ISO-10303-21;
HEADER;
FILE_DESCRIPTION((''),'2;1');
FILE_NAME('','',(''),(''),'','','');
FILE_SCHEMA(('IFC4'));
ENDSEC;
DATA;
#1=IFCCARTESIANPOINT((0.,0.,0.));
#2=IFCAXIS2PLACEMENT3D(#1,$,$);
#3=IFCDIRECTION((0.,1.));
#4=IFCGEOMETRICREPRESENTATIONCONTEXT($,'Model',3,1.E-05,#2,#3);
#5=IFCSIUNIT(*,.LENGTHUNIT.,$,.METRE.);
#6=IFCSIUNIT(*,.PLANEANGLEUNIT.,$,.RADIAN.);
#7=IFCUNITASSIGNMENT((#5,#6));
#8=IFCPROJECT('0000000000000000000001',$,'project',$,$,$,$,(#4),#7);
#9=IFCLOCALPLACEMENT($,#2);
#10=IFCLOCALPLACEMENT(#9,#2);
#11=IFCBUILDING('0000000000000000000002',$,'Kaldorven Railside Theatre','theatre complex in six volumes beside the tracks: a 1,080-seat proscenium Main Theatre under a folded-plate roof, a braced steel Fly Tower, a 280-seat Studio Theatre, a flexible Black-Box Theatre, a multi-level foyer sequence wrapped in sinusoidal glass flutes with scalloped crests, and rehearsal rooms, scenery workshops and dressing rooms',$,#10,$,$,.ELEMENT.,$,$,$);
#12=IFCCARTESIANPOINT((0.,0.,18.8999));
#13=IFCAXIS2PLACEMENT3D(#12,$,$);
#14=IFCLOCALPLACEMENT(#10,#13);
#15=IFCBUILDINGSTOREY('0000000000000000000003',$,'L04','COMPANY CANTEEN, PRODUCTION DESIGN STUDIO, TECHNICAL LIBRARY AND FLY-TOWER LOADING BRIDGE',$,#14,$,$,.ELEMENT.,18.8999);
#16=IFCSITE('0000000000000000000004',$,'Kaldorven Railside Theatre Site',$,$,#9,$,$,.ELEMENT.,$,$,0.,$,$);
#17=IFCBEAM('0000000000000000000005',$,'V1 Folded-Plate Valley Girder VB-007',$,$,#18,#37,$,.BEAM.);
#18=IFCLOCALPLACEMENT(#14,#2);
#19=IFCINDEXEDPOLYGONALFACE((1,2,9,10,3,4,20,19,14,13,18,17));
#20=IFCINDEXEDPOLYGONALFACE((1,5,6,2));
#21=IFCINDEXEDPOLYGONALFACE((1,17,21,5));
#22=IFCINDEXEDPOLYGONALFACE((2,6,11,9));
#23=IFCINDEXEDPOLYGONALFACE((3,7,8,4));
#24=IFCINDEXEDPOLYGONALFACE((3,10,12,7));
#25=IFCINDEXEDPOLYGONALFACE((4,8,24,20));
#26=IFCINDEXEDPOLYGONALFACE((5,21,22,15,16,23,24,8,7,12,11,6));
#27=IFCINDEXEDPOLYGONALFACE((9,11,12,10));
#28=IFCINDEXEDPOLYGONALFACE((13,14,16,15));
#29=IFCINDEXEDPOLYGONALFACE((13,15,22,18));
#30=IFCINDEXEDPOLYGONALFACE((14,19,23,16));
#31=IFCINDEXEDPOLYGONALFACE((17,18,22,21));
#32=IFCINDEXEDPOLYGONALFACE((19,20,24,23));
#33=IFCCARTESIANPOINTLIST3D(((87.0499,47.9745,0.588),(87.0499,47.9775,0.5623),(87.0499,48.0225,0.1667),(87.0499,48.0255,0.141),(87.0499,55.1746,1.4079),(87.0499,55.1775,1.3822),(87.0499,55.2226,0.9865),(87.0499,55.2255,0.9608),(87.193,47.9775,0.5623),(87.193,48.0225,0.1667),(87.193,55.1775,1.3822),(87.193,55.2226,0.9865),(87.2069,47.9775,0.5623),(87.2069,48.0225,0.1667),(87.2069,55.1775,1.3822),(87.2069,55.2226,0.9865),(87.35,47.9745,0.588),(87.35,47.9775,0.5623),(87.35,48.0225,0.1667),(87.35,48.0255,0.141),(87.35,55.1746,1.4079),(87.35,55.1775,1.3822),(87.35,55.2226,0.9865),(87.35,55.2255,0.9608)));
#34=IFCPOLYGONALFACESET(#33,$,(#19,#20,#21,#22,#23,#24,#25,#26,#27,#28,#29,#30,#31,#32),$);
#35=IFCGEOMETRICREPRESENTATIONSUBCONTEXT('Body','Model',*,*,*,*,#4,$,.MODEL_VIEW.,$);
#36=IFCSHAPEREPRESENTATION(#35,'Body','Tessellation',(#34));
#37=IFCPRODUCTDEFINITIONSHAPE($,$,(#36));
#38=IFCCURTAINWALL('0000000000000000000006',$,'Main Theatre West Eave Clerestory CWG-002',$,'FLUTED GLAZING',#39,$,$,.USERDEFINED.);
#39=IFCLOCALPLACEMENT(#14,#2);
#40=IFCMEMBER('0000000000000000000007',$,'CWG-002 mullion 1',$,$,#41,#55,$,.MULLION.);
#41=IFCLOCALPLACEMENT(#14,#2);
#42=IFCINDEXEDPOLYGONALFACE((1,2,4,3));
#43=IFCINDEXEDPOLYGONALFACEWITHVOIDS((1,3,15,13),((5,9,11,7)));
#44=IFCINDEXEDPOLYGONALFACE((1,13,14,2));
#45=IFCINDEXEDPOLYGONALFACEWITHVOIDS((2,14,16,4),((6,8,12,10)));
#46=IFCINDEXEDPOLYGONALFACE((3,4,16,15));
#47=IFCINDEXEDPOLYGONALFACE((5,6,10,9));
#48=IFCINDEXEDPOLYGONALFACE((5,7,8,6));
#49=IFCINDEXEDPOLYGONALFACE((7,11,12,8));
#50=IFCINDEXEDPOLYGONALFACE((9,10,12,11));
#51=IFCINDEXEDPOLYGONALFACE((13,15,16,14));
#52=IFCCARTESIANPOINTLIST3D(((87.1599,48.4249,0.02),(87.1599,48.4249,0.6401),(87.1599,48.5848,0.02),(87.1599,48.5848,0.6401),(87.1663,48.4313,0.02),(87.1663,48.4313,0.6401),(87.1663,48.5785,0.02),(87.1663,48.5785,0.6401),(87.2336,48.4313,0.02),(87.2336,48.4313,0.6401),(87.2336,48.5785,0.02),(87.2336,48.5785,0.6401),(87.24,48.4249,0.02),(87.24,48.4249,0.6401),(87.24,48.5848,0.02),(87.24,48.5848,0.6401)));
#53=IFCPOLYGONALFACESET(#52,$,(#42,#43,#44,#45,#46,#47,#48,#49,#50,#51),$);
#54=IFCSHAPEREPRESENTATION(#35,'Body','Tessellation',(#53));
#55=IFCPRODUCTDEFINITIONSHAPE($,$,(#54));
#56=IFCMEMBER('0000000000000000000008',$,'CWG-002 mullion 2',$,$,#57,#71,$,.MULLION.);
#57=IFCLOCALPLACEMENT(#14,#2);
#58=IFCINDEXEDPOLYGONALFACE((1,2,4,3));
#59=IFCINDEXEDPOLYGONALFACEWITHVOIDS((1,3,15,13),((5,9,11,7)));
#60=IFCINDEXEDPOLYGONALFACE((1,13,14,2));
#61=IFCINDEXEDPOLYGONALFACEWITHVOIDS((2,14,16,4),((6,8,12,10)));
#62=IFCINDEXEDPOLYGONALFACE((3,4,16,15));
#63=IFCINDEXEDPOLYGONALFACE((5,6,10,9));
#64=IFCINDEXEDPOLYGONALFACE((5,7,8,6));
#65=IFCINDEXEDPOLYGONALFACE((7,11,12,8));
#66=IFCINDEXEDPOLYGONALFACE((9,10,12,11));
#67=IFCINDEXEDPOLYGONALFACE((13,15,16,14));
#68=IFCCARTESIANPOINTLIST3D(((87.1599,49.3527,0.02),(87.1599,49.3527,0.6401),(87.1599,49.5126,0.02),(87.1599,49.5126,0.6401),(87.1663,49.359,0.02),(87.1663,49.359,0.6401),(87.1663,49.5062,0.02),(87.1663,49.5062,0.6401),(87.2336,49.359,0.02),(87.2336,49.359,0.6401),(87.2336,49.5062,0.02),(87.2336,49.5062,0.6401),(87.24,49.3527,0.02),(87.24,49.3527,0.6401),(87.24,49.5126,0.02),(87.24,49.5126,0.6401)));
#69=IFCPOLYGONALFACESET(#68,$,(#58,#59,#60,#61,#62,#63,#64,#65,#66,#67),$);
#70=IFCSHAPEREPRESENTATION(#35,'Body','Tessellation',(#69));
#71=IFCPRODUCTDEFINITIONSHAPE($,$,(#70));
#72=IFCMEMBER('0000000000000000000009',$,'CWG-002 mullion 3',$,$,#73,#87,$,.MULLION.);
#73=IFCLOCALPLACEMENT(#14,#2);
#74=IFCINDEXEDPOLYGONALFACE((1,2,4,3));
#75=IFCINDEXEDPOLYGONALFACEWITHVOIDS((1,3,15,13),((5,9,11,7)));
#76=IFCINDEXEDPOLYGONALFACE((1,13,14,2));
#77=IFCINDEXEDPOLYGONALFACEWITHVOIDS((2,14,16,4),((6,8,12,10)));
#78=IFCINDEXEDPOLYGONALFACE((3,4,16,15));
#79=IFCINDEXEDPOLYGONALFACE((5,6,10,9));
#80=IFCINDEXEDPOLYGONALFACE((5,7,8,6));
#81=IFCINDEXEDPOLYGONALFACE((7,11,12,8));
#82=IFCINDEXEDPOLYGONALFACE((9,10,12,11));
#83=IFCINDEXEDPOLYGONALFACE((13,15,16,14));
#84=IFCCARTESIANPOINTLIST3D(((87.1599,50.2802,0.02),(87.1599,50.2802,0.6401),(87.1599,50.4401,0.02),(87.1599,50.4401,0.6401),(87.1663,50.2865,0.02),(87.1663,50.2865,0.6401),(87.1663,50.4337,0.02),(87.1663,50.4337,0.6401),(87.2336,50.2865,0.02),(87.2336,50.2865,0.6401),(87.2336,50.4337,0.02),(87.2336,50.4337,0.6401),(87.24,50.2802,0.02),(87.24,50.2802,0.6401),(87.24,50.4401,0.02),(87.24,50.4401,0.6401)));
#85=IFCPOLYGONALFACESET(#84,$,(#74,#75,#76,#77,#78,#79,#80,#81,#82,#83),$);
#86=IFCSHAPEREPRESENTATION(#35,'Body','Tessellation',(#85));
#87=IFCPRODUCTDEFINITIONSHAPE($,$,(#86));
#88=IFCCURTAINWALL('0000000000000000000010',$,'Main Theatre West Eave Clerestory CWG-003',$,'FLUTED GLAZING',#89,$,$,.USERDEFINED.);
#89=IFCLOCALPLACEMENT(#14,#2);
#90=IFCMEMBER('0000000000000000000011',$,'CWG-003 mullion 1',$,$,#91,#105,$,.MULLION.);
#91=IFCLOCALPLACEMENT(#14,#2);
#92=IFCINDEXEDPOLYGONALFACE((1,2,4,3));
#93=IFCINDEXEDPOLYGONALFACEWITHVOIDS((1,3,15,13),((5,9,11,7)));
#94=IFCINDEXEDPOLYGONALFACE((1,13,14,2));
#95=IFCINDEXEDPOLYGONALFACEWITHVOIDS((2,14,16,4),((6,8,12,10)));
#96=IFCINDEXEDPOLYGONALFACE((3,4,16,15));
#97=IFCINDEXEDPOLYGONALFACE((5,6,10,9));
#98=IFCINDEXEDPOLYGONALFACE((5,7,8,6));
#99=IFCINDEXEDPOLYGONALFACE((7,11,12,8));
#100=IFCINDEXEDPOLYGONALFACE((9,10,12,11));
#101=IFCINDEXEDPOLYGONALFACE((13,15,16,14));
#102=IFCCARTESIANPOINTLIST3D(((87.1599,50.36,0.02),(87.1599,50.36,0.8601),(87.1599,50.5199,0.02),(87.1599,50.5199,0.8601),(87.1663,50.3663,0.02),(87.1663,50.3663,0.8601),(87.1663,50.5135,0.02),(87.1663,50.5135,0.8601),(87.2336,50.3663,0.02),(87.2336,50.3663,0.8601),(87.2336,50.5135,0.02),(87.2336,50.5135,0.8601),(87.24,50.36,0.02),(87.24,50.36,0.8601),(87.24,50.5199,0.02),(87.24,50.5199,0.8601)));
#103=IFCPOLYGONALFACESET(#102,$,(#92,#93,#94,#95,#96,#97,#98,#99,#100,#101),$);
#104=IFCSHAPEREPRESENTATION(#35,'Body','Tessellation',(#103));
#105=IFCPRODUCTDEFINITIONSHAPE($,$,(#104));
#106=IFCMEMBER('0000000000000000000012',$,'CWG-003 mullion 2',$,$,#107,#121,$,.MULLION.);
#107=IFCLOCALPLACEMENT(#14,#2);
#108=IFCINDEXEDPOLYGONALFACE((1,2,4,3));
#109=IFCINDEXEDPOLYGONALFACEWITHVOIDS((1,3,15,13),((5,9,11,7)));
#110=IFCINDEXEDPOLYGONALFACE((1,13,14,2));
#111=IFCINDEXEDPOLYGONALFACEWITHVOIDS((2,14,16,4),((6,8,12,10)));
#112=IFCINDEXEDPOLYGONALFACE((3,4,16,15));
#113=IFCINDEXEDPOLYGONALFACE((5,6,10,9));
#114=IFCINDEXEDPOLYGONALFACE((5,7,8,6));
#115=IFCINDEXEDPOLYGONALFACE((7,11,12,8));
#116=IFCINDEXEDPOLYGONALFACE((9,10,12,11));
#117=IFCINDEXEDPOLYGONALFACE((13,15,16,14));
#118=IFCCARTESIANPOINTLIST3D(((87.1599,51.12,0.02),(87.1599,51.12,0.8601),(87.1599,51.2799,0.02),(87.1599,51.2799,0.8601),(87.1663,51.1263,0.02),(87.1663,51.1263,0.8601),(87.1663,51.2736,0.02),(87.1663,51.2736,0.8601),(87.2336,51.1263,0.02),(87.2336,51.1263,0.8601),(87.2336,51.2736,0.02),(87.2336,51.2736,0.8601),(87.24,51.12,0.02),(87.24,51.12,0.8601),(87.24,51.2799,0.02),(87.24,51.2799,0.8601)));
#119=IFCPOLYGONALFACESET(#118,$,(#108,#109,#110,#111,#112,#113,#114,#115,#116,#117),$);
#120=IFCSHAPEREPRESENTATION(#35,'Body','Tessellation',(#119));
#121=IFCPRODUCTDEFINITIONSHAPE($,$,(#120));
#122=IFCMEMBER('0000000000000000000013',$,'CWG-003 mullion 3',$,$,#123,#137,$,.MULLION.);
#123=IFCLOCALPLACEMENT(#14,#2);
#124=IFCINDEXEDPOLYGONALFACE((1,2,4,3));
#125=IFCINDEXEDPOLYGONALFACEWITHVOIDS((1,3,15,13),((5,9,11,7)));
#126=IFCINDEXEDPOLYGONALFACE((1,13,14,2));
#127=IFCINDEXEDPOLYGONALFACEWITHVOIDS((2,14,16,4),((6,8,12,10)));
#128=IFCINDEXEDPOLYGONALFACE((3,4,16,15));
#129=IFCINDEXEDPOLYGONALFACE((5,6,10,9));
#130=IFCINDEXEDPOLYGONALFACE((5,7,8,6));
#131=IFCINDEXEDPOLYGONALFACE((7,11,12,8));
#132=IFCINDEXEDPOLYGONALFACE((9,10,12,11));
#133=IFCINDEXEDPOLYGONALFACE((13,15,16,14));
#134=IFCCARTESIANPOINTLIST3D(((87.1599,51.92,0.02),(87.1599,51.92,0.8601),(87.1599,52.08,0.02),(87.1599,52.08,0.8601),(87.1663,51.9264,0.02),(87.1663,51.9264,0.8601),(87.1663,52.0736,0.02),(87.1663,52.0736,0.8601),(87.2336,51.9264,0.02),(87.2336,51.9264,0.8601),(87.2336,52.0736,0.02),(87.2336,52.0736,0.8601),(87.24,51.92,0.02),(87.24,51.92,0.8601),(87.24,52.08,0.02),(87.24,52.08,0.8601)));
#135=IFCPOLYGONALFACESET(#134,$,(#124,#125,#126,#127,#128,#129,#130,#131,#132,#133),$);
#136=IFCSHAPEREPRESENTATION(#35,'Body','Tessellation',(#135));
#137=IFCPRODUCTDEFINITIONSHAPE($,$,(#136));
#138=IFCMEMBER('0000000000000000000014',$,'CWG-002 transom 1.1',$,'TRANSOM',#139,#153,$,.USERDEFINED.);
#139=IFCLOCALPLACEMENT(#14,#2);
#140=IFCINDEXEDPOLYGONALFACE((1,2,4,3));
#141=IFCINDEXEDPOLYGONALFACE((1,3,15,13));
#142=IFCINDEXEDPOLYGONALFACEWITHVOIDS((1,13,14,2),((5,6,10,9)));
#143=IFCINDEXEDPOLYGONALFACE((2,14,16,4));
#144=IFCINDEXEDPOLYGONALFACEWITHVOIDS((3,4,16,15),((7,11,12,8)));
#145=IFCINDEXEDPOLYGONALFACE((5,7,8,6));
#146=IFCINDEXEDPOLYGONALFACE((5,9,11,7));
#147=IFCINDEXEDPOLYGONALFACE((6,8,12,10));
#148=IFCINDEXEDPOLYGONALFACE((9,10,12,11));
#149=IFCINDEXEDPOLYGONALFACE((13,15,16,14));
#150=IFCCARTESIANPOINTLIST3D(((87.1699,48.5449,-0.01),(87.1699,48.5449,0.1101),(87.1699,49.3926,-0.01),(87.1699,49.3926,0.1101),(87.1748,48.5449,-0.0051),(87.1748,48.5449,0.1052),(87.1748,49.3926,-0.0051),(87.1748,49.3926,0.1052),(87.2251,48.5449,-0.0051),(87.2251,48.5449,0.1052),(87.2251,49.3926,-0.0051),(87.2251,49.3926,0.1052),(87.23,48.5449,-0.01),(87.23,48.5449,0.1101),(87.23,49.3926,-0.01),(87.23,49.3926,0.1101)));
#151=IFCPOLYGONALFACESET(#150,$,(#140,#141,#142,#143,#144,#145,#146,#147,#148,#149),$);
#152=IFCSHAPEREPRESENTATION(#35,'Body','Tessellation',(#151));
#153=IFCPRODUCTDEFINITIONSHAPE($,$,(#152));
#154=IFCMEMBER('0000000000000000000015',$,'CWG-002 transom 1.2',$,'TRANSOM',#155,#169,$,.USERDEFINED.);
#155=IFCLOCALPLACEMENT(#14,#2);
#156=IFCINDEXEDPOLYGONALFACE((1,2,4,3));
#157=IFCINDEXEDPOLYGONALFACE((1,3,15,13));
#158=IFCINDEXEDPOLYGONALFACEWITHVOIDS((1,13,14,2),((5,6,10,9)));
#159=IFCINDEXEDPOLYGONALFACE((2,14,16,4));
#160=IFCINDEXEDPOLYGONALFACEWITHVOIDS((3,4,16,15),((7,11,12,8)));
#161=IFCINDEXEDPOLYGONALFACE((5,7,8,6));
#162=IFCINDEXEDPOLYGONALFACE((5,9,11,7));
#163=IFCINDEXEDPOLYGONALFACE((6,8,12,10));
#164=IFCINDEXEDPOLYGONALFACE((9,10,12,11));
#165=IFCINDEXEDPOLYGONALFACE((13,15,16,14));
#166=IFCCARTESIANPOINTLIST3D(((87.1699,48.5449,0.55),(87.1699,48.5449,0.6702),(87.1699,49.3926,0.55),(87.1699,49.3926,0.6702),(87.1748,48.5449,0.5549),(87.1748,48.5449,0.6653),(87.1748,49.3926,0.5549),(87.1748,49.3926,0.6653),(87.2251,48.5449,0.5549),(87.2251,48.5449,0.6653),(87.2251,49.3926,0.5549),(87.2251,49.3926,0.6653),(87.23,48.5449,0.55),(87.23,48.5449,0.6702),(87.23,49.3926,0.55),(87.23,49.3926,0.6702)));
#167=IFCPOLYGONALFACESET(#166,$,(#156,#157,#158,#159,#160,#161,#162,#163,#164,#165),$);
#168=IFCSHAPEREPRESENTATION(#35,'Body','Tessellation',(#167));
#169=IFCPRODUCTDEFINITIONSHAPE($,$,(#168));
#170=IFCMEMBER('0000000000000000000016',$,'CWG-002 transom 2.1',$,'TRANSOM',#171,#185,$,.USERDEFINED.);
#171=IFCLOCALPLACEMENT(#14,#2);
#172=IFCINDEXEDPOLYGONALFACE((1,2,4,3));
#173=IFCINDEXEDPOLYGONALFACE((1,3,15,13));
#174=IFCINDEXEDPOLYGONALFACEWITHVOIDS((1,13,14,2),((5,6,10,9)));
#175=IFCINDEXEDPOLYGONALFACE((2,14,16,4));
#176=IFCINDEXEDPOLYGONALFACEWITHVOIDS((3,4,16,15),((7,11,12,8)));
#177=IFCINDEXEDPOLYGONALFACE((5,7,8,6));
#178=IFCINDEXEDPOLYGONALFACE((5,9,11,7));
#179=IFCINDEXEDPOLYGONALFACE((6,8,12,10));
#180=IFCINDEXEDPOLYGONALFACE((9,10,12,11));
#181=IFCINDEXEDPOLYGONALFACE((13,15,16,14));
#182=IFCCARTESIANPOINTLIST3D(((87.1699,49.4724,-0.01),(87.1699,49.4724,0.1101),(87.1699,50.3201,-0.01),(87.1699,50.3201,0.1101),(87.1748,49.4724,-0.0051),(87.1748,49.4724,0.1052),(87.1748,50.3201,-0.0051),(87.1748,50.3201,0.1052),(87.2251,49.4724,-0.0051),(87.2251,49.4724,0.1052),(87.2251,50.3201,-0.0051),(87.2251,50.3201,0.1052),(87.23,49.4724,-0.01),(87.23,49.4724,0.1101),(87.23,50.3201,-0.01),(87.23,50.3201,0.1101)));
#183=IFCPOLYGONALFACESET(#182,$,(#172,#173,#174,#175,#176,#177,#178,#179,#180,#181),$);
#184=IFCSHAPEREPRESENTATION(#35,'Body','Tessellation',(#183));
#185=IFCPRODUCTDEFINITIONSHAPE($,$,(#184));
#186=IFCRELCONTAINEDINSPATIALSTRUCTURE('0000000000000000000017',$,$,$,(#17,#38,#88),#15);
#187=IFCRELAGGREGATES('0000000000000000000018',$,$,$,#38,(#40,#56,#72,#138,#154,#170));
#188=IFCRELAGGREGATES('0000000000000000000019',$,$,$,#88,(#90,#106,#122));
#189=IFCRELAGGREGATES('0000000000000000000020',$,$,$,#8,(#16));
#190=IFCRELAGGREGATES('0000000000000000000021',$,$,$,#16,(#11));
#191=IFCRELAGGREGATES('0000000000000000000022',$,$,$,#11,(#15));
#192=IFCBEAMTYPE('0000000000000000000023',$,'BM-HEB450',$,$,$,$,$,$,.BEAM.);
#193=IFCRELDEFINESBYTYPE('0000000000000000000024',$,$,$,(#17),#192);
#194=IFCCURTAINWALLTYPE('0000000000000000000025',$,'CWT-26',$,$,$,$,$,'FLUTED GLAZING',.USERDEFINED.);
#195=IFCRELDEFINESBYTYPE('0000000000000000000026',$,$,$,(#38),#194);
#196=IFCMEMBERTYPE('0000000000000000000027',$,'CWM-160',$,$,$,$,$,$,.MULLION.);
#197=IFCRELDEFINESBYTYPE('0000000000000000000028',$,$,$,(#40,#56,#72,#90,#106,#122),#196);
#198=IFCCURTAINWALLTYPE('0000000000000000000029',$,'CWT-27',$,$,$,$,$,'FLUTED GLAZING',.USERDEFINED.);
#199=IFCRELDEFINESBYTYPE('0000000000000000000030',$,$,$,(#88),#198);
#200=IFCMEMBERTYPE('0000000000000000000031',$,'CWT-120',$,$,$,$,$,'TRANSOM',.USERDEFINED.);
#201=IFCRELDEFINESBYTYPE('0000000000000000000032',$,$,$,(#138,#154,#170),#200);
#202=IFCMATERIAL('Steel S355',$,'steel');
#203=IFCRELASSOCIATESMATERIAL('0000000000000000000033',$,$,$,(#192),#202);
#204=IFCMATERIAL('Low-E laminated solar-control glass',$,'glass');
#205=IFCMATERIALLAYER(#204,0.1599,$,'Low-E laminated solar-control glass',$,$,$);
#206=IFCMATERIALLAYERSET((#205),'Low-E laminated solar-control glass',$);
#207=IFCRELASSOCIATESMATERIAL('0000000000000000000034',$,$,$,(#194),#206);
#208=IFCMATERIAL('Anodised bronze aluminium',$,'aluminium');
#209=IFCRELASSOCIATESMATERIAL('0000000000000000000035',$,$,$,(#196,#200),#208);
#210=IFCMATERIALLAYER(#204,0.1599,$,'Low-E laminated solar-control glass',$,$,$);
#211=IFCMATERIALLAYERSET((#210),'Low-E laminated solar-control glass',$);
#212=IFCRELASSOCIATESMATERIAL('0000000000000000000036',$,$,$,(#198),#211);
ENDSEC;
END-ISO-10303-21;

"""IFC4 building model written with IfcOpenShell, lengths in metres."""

from ifc_helpers import new_model, si_unit, direction, frame, origin, origin_2d, place, context, subcontext, project, spatial, hollow_rectangle, i_section, extrude, material, layer, layer_set, material_profile, profile_set, type_object, element, aggregate, save


model = new_model("IFC4")

# Units and contexts
model_context = context("Model", 3, precision=1e-05, world=origin(), true_north=direction((0.0, 1.0)))
body_context = subcontext(model_context, "Body", "Model", "MODEL_VIEW")
ifc_project = project(units=[si_unit("LENGTHUNIT", "METRE"), si_unit("PLANEANGLEUNIT", "RADIAN")], contexts=[model_context])

# Site, building, storey
site_placement = place(None, origin())
site = spatial("IfcSite", under=ifc_project, at=site_placement, Name="Kaldorven Railside Theatre Site", CompositionType="ELEMENT", RefElevation=0.0)
building_placement = place(site_placement, origin())
building = spatial("IfcBuilding", under=site, at=building_placement, Name="Kaldorven Railside Theatre", Description="theatre complex in six volumes beside the tracks: a 1,080-seat proscenium Main Theatre under a folded-plate roof, a braced steel Fly Tower, a 280-seat Studio Theatre, a flexible Black-Box Theatre, a multi-level foyer sequence wrapped in sinusoidal glass flutes with scalloped crests, and rehearsal rooms, scenery workshops and dressing rooms", CompositionType="ELEMENT")
storey_placement = place(building_placement, frame((0.0, 0.0, 18.8999)))
storey = spatial("IfcBuildingStorey", under=building, at=storey_placement, Name="L04", Description="COMPANY CANTEEN, PRODUCTION DESIGN STUDIO, TECHNICAL LIBRARY AND FLY-TOWER LOADING BRIDGE", CompositionType="ELEMENT", Elevation=18.8999)

# Beam
ifc_material_1 = material(Name="Steel S355", Category="steel")
ifc_material_profile_1 = material_profile(ifc_material_1, i_section(OverallWidth=0.3, OverallDepth=0.45, WebThickness=0.0139, FlangeThickness=0.0259, at=origin_2d()), Name="HEB 450")
ifc_profile_set_1 = profile_set([ifc_material_profile_1], Name="Steel S355")
beam_type = type_object("IfcBeamType", Name="BM-HEB450", PredefinedType="BEAM", material=ifc_profile_set_1)
beam_placement = place(storey_placement, frame((87.2, 48.0, 0.3645), z_axis=(0.0, 0.99358, 0.113134), x_axis=(-1.0, 0.0, 0.0)))
element("IfcBeam", 1, at=beam_placement, inside=storey, type_object=beam_type, Name="V1 Folded-Plate Valley Girder VB-007", PredefinedType="BEAM", context=body_context, shape_type="SweptSolid", body=[
    extrude(i_section(OverallWidth=0.3, OverallDepth=0.45, WebThickness=0.0139, FlangeThickness=0.0259, at=origin_2d()), origin(), (0.0, 0.0, 1.0), 7.2466),
])

# Curtain walls, members
ifc_material_2 = material(Name="Low-E laminated solar-control glass", Category="glass")
ifc_layer_1 = layer(ifc_material_2, 0.1599, Name="Low-E laminated solar-control glass")
ifc_layer_set_1 = layer_set([ifc_layer_1], Name="Low-E laminated solar-control glass")
curtain_wall_type_1 = type_object("IfcCurtainWallType", Name="CWT-26", ElementType="FLUTED GLAZING", PredefinedType="USERDEFINED", material=ifc_layer_set_1)
curtain_wall_1_placement = place(storey_placement, origin())
curtain_wall_1 = element("IfcCurtainWall", 2, at=curtain_wall_1_placement, inside=storey, type_object=curtain_wall_type_1, Name="Main Theatre West Eave Clerestory CWG-002", ObjectType="FLUTED GLAZING", PredefinedType="USERDEFINED")
ifc_material_3 = material(Name="Anodised bronze aluminium", Category="aluminium")
ifc_material_profile_2 = material_profile(ifc_material_3, hollow_rectangle(XDim=0.0801, YDim=0.1599, WallThickness=0.0063, at=origin_2d()), Name="RHS 160x80x6.3")
ifc_profile_set_2 = profile_set([ifc_material_profile_2], Name="Anodised bronze aluminium")
member_type_1 = type_object("IfcMemberType", Name="CWM-160", PredefinedType="MULLION", material=ifc_profile_set_2)
member_1_placement = place(storey_placement, frame((87.2, 48.5049, 0.02), z_axis=(0.0, 0.0, 1.0), x_axis=(-1.0, 0.0, 0.0)))
member_1 = element("IfcMember", 3, at=member_1_placement, type_object=member_type_1, Name="CWG-002 mullion 1", PredefinedType="MULLION", context=body_context, shape_type="SweptSolid", body=[
    extrude(hollow_rectangle(XDim=0.0801, YDim=0.1599, WallThickness=0.0063, at=origin_2d()), origin(), (0.0, 0.0, 1.0), 0.6201),
])
member_2_placement = place(storey_placement, frame((87.2, 49.4326, 0.02), z_axis=(0.0, 0.0, 1.0), x_axis=(-1.0, 0.0, 0.0)))
member_2 = element("IfcMember", 4, at=member_2_placement, type_object=member_type_1, Name="CWG-002 mullion 2", PredefinedType="MULLION", context=body_context, shape_type="SweptSolid", body=[
    extrude(hollow_rectangle(XDim=0.0801, YDim=0.1599, WallThickness=0.0063, at=origin_2d()), origin(), (0.0, 0.0, 1.0), 0.6201),
])
member_3_placement = place(storey_placement, frame((87.2, 50.3601, 0.02), z_axis=(0.0, 0.0, 1.0), x_axis=(-1.0, 0.0, 0.0)))
member_3 = element("IfcMember", 5, at=member_3_placement, type_object=member_type_1, Name="CWG-002 mullion 3", PredefinedType="MULLION", context=body_context, shape_type="SweptSolid", body=[
    extrude(hollow_rectangle(XDim=0.0801, YDim=0.1599, WallThickness=0.0063, at=origin_2d()), origin(), (0.0, 0.0, 1.0), 0.6201),
])
ifc_layer_2 = layer(ifc_material_2, 0.1599, Name="Low-E laminated solar-control glass")
ifc_layer_set_2 = layer_set([ifc_layer_2], Name="Low-E laminated solar-control glass")
curtain_wall_type_2 = type_object("IfcCurtainWallType", Name="CWT-27", ElementType="FLUTED GLAZING", PredefinedType="USERDEFINED", material=ifc_layer_set_2)
curtain_wall_2_placement = place(storey_placement, origin())
curtain_wall_2 = element("IfcCurtainWall", 6, at=curtain_wall_2_placement, inside=storey, type_object=curtain_wall_type_2, Name="Main Theatre West Eave Clerestory CWG-003", ObjectType="FLUTED GLAZING", PredefinedType="USERDEFINED")
member_4_placement = place(storey_placement, frame((87.2, 50.4399, 0.02), z_axis=(0.0, 0.0, 1.0), x_axis=(-1.0, 0.0, 0.0)))
member_4 = element("IfcMember", 7, at=member_4_placement, type_object=member_type_1, Name="CWG-003 mullion 1", PredefinedType="MULLION", context=body_context, shape_type="SweptSolid", body=[
    extrude(hollow_rectangle(XDim=0.0801, YDim=0.1599, WallThickness=0.0063, at=origin_2d()), origin(), (0.0, 0.0, 1.0), 0.8401),
])
member_5_placement = place(storey_placement, frame((87.2, 51.2, 0.02), z_axis=(0.0, 0.0, 1.0), x_axis=(-1.0, 0.0, 0.0)))
member_5 = element("IfcMember", 8, at=member_5_placement, type_object=member_type_1, Name="CWG-003 mullion 2", PredefinedType="MULLION", context=body_context, shape_type="SweptSolid", body=[
    extrude(hollow_rectangle(XDim=0.0801, YDim=0.1599, WallThickness=0.0063, at=origin_2d()), origin(), (0.0, 0.0, 1.0), 0.8401),
])
member_6_placement = place(storey_placement, frame((87.2, 52.0, 0.02), z_axis=(0.0, 0.0, 1.0), x_axis=(-1.0, 0.0, 0.0)))
member_6 = element("IfcMember", 9, at=member_6_placement, type_object=member_type_1, Name="CWG-003 mullion 3", PredefinedType="MULLION", context=body_context, shape_type="SweptSolid", body=[
    extrude(hollow_rectangle(XDim=0.0801, YDim=0.1599, WallThickness=0.0063, at=origin_2d()), origin(), (0.0, 0.0, 1.0), 0.8401),
])

# Members
ifc_material_profile_3 = material_profile(ifc_material_3, hollow_rectangle(XDim=0.0601, YDim=0.1201, WallThickness=0.0049, at=origin_2d()), Name="RHS 120x60x5")
ifc_profile_set_3 = profile_set([ifc_material_profile_3], Name="Anodised bronze aluminium")
member_type_2 = type_object("IfcMemberType", Name="CWT-120", ElementType="TRANSOM", PredefinedType="USERDEFINED", material=ifc_profile_set_3)
member_7_placement = place(storey_placement, frame((87.2, 48.5449, 0.05), z_axis=(0.0, 1.0, 0.0), x_axis=(-1.0, 0.0, 0.0)))
member_7 = element("IfcMember", 10, at=member_7_placement, type_object=member_type_2, Name="CWG-002 transom 1.1", ObjectType="TRANSOM", PredefinedType="USERDEFINED", context=body_context, shape_type="SweptSolid", body=[
    extrude(hollow_rectangle(XDim=0.0601, YDim=0.1201, WallThickness=0.0049, at=origin_2d()), origin(), (0.0, 0.0, 1.0), 0.8477),
])
member_8_placement = place(storey_placement, frame((87.2, 48.5449, 0.6101), z_axis=(0.0, 1.0, 0.0), x_axis=(-1.0, 0.0, 0.0)))
member_8 = element("IfcMember", 11, at=member_8_placement, type_object=member_type_2, Name="CWG-002 transom 1.2", ObjectType="TRANSOM", PredefinedType="USERDEFINED", context=body_context, shape_type="SweptSolid", body=[
    extrude(hollow_rectangle(XDim=0.0601, YDim=0.1201, WallThickness=0.0049, at=origin_2d()), origin(), (0.0, 0.0, 1.0), 0.8477),
])
member_9_placement = place(storey_placement, frame((87.2, 49.4724, 0.05), z_axis=(0.0, 1.0, 0.0), x_axis=(-1.0, 0.0, 0.0)))
member_9 = element("IfcMember", 12, at=member_9_placement, type_object=member_type_2, Name="CWG-002 transom 2.1", ObjectType="TRANSOM", PredefinedType="USERDEFINED", context=body_context, shape_type="SweptSolid", body=[
    extrude(hollow_rectangle(XDim=0.0601, YDim=0.1201, WallThickness=0.0049, at=origin_2d()), origin(), (0.0, 0.0, 1.0), 0.8477),
])

aggregate(curtain_wall_1, [member_1, member_2, member_3, member_7, member_8, member_9])
aggregate(curtain_wall_2, [member_4, member_5, member_6])

save(model, "model.ifc")
